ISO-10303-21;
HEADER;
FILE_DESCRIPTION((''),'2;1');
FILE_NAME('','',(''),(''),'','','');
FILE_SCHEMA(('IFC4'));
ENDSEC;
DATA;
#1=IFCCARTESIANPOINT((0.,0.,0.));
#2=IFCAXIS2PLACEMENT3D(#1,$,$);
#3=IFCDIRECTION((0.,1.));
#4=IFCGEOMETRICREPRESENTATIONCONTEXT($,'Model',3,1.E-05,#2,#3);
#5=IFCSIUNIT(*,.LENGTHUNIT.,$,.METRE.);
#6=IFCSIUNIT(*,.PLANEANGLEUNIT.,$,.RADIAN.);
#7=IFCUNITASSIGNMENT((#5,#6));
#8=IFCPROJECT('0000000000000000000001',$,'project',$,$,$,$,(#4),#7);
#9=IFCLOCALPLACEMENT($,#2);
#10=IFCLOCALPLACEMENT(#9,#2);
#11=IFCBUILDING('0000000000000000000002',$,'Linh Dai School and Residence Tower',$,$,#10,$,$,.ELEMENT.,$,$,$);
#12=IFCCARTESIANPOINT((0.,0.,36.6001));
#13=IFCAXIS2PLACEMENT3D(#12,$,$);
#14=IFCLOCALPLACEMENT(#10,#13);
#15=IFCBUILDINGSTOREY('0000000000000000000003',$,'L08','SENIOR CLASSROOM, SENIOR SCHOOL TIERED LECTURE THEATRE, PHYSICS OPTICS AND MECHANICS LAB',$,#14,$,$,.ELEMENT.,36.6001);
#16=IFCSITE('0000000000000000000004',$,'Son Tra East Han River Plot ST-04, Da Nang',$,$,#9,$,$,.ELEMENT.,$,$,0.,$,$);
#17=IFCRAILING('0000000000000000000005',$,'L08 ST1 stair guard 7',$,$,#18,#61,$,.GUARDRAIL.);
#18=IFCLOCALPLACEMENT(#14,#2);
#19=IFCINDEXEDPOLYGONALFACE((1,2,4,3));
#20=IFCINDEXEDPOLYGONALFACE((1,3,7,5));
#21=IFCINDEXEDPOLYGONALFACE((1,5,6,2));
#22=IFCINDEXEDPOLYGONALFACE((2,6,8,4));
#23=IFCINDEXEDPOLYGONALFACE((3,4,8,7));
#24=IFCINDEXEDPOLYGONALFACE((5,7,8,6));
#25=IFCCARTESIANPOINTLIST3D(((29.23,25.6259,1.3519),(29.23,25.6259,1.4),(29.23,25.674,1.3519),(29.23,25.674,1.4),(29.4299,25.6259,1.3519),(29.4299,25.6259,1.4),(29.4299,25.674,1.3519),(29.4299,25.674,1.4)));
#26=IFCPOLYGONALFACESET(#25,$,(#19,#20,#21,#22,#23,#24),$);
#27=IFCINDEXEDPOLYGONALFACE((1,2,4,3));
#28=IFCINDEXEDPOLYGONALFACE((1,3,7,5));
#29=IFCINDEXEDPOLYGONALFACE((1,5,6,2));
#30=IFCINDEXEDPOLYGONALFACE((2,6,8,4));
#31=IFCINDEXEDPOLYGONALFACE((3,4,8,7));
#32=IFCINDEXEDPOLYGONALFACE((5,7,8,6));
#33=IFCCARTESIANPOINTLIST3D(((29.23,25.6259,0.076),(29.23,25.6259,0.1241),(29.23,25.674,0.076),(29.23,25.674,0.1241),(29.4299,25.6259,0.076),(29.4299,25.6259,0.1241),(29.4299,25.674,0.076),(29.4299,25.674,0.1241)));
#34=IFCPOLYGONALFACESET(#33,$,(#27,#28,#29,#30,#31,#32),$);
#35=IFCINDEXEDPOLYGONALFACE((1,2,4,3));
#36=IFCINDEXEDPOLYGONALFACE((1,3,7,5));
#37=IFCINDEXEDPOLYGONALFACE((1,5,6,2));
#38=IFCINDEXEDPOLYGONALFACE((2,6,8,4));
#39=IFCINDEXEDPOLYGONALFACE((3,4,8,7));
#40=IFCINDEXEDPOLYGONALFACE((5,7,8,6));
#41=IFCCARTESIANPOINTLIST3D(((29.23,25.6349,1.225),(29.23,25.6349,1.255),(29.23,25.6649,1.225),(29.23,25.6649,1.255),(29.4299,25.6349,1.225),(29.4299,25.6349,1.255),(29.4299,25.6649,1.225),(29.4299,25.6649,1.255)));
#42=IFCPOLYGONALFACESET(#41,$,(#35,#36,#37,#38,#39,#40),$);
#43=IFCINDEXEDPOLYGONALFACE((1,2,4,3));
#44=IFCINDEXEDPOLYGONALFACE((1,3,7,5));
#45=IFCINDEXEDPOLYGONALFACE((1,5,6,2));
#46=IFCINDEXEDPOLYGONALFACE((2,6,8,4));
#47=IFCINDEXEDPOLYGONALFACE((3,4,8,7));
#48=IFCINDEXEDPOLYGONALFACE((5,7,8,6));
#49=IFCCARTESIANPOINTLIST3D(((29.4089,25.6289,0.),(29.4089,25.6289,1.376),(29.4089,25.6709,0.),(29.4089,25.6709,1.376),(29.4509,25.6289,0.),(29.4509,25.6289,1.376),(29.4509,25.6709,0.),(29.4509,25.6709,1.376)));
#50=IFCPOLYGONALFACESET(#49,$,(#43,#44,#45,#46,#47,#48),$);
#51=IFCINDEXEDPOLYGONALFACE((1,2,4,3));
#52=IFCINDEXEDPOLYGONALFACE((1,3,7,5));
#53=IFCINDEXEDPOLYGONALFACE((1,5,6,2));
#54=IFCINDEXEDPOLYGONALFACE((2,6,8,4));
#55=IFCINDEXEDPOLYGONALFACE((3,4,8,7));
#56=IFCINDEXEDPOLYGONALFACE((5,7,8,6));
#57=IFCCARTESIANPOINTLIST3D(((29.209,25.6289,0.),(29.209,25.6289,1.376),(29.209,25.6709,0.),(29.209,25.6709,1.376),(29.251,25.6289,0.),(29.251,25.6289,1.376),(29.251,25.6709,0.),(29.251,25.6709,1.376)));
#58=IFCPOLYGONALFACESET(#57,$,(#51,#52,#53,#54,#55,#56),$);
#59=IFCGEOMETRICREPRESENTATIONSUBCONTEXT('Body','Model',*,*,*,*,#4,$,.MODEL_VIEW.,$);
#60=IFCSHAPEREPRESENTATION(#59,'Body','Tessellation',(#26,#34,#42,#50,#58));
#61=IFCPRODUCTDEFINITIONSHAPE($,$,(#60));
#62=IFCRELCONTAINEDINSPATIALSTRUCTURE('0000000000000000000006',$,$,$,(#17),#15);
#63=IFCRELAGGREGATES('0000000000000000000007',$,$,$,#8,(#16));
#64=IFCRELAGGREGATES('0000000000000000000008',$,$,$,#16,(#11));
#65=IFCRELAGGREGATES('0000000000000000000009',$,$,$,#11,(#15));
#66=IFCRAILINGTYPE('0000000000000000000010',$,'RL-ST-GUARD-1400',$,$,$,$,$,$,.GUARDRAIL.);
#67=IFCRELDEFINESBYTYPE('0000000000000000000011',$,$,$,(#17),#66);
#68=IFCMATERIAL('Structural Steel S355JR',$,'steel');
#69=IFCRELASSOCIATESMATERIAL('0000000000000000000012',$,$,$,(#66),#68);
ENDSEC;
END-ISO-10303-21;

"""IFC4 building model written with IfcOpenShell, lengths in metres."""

from ifc_helpers import new_model, si_unit, direction, frame, origin, origin_2d, place, context, subcontext, project, spatial, rectangle, extrude, source, transform, mapped, material, type_object, element, save


model = new_model("IFC4")

# Units and contexts
model_context = context("Model", 3, precision=1e-05, world=origin(), true_north=direction((0.0, 1.0)))
body_context = subcontext(model_context, "Body", "Model", "MODEL_VIEW")
ifc_project = project(units=[si_unit("LENGTHUNIT", "METRE"), si_unit("PLANEANGLEUNIT", "RADIAN")], contexts=[model_context])

# Site, building, storey
site_placement = place(None, origin())
site = spatial("IfcSite", under=ifc_project, at=site_placement, Name="Son Tra East Han River Plot ST-04, Da Nang", CompositionType="ELEMENT", RefElevation=0.0)
building_placement = place(site_placement, origin())
building = spatial("IfcBuilding", under=site, at=building_placement, Name="Linh Dai School and Residence Tower", CompositionType="ELEMENT")
storey_placement = place(building_placement, frame((0.0, 0.0, 36.6001)))
storey = spatial("IfcBuildingStorey", under=building, at=storey_placement, Name="L08", Description="SENIOR CLASSROOM, SENIOR SCHOOL TIERED LECTURE THEATRE, PHYSICS OPTICS AND MECHANICS LAB", CompositionType="ELEMENT", Elevation=36.6001)

# Shared definitions
ifc_material_1 = material(Name="Structural Steel S355JR", Category="steel")

# Railing
railing_type_1 = type_object("IfcRailingType", Name="RL-ST-GUARD-1400", PredefinedType="GUARDRAIL", material=ifc_material_1)
shared_shape_1 = source(origin(), body_context, "Body", "SweptSolid", [
    extrude(rectangle(XDim=0.0481, YDim=0.0481, at=origin_2d()), frame((0.0, 0.0, 1.376), z_axis=(-1.0, 0.0, 0.0), x_axis=(0.0, -1.0, 0.0)), (0.0, 0.0, 1.0), 0.2),
    extrude(rectangle(XDim=0.0481, YDim=0.0481, at=origin_2d()), frame((0.0, 0.0, 0.1001), z_axis=(-1.0, 0.0, 0.0), x_axis=(0.0, -1.0, 0.0)), (0.0, 0.0, 1.0), 0.2),
    extrude(rectangle(XDim=0.03, YDim=0.03, at=origin_2d()), frame((0.0, 0.0, 1.24), z_axis=(-1.0, 0.0, 0.0), x_axis=(0.0, -1.0, 0.0)), (0.0, 0.0, 1.0), 0.2),
    extrude(rectangle(XDim=0.042, YDim=0.042, at=origin_2d()), origin(), (0.0, 0.0, 1.0), 1.376),
    extrude(rectangle(XDim=0.042, YDim=0.042, at=origin_2d()), frame((-0.2, 0.0, 0.0)), (0.0, 0.0, 1.0), 1.376),
])
railing_1_placement = place(storey_placement, frame((29.4299, 25.6499, 0.0)))
element("IfcRailing", 1, at=railing_1_placement, inside=storey, type_object=railing_type_1, Name="L08 ST1 stair guard 7", PredefinedType="GUARDRAIL", context=body_context, shape_type="MappedRepresentation", body=[
    mapped(shared_shape_1, transform((0.0, 0.0, 0.0), x_axis=(1.0, 0.0, 0.0), y_axis=(0.0, 1.0, 0.0), z_axis=(0.0, 0.0, 1.0), scale=1.0)),
])

save(model, "model.ifc")
